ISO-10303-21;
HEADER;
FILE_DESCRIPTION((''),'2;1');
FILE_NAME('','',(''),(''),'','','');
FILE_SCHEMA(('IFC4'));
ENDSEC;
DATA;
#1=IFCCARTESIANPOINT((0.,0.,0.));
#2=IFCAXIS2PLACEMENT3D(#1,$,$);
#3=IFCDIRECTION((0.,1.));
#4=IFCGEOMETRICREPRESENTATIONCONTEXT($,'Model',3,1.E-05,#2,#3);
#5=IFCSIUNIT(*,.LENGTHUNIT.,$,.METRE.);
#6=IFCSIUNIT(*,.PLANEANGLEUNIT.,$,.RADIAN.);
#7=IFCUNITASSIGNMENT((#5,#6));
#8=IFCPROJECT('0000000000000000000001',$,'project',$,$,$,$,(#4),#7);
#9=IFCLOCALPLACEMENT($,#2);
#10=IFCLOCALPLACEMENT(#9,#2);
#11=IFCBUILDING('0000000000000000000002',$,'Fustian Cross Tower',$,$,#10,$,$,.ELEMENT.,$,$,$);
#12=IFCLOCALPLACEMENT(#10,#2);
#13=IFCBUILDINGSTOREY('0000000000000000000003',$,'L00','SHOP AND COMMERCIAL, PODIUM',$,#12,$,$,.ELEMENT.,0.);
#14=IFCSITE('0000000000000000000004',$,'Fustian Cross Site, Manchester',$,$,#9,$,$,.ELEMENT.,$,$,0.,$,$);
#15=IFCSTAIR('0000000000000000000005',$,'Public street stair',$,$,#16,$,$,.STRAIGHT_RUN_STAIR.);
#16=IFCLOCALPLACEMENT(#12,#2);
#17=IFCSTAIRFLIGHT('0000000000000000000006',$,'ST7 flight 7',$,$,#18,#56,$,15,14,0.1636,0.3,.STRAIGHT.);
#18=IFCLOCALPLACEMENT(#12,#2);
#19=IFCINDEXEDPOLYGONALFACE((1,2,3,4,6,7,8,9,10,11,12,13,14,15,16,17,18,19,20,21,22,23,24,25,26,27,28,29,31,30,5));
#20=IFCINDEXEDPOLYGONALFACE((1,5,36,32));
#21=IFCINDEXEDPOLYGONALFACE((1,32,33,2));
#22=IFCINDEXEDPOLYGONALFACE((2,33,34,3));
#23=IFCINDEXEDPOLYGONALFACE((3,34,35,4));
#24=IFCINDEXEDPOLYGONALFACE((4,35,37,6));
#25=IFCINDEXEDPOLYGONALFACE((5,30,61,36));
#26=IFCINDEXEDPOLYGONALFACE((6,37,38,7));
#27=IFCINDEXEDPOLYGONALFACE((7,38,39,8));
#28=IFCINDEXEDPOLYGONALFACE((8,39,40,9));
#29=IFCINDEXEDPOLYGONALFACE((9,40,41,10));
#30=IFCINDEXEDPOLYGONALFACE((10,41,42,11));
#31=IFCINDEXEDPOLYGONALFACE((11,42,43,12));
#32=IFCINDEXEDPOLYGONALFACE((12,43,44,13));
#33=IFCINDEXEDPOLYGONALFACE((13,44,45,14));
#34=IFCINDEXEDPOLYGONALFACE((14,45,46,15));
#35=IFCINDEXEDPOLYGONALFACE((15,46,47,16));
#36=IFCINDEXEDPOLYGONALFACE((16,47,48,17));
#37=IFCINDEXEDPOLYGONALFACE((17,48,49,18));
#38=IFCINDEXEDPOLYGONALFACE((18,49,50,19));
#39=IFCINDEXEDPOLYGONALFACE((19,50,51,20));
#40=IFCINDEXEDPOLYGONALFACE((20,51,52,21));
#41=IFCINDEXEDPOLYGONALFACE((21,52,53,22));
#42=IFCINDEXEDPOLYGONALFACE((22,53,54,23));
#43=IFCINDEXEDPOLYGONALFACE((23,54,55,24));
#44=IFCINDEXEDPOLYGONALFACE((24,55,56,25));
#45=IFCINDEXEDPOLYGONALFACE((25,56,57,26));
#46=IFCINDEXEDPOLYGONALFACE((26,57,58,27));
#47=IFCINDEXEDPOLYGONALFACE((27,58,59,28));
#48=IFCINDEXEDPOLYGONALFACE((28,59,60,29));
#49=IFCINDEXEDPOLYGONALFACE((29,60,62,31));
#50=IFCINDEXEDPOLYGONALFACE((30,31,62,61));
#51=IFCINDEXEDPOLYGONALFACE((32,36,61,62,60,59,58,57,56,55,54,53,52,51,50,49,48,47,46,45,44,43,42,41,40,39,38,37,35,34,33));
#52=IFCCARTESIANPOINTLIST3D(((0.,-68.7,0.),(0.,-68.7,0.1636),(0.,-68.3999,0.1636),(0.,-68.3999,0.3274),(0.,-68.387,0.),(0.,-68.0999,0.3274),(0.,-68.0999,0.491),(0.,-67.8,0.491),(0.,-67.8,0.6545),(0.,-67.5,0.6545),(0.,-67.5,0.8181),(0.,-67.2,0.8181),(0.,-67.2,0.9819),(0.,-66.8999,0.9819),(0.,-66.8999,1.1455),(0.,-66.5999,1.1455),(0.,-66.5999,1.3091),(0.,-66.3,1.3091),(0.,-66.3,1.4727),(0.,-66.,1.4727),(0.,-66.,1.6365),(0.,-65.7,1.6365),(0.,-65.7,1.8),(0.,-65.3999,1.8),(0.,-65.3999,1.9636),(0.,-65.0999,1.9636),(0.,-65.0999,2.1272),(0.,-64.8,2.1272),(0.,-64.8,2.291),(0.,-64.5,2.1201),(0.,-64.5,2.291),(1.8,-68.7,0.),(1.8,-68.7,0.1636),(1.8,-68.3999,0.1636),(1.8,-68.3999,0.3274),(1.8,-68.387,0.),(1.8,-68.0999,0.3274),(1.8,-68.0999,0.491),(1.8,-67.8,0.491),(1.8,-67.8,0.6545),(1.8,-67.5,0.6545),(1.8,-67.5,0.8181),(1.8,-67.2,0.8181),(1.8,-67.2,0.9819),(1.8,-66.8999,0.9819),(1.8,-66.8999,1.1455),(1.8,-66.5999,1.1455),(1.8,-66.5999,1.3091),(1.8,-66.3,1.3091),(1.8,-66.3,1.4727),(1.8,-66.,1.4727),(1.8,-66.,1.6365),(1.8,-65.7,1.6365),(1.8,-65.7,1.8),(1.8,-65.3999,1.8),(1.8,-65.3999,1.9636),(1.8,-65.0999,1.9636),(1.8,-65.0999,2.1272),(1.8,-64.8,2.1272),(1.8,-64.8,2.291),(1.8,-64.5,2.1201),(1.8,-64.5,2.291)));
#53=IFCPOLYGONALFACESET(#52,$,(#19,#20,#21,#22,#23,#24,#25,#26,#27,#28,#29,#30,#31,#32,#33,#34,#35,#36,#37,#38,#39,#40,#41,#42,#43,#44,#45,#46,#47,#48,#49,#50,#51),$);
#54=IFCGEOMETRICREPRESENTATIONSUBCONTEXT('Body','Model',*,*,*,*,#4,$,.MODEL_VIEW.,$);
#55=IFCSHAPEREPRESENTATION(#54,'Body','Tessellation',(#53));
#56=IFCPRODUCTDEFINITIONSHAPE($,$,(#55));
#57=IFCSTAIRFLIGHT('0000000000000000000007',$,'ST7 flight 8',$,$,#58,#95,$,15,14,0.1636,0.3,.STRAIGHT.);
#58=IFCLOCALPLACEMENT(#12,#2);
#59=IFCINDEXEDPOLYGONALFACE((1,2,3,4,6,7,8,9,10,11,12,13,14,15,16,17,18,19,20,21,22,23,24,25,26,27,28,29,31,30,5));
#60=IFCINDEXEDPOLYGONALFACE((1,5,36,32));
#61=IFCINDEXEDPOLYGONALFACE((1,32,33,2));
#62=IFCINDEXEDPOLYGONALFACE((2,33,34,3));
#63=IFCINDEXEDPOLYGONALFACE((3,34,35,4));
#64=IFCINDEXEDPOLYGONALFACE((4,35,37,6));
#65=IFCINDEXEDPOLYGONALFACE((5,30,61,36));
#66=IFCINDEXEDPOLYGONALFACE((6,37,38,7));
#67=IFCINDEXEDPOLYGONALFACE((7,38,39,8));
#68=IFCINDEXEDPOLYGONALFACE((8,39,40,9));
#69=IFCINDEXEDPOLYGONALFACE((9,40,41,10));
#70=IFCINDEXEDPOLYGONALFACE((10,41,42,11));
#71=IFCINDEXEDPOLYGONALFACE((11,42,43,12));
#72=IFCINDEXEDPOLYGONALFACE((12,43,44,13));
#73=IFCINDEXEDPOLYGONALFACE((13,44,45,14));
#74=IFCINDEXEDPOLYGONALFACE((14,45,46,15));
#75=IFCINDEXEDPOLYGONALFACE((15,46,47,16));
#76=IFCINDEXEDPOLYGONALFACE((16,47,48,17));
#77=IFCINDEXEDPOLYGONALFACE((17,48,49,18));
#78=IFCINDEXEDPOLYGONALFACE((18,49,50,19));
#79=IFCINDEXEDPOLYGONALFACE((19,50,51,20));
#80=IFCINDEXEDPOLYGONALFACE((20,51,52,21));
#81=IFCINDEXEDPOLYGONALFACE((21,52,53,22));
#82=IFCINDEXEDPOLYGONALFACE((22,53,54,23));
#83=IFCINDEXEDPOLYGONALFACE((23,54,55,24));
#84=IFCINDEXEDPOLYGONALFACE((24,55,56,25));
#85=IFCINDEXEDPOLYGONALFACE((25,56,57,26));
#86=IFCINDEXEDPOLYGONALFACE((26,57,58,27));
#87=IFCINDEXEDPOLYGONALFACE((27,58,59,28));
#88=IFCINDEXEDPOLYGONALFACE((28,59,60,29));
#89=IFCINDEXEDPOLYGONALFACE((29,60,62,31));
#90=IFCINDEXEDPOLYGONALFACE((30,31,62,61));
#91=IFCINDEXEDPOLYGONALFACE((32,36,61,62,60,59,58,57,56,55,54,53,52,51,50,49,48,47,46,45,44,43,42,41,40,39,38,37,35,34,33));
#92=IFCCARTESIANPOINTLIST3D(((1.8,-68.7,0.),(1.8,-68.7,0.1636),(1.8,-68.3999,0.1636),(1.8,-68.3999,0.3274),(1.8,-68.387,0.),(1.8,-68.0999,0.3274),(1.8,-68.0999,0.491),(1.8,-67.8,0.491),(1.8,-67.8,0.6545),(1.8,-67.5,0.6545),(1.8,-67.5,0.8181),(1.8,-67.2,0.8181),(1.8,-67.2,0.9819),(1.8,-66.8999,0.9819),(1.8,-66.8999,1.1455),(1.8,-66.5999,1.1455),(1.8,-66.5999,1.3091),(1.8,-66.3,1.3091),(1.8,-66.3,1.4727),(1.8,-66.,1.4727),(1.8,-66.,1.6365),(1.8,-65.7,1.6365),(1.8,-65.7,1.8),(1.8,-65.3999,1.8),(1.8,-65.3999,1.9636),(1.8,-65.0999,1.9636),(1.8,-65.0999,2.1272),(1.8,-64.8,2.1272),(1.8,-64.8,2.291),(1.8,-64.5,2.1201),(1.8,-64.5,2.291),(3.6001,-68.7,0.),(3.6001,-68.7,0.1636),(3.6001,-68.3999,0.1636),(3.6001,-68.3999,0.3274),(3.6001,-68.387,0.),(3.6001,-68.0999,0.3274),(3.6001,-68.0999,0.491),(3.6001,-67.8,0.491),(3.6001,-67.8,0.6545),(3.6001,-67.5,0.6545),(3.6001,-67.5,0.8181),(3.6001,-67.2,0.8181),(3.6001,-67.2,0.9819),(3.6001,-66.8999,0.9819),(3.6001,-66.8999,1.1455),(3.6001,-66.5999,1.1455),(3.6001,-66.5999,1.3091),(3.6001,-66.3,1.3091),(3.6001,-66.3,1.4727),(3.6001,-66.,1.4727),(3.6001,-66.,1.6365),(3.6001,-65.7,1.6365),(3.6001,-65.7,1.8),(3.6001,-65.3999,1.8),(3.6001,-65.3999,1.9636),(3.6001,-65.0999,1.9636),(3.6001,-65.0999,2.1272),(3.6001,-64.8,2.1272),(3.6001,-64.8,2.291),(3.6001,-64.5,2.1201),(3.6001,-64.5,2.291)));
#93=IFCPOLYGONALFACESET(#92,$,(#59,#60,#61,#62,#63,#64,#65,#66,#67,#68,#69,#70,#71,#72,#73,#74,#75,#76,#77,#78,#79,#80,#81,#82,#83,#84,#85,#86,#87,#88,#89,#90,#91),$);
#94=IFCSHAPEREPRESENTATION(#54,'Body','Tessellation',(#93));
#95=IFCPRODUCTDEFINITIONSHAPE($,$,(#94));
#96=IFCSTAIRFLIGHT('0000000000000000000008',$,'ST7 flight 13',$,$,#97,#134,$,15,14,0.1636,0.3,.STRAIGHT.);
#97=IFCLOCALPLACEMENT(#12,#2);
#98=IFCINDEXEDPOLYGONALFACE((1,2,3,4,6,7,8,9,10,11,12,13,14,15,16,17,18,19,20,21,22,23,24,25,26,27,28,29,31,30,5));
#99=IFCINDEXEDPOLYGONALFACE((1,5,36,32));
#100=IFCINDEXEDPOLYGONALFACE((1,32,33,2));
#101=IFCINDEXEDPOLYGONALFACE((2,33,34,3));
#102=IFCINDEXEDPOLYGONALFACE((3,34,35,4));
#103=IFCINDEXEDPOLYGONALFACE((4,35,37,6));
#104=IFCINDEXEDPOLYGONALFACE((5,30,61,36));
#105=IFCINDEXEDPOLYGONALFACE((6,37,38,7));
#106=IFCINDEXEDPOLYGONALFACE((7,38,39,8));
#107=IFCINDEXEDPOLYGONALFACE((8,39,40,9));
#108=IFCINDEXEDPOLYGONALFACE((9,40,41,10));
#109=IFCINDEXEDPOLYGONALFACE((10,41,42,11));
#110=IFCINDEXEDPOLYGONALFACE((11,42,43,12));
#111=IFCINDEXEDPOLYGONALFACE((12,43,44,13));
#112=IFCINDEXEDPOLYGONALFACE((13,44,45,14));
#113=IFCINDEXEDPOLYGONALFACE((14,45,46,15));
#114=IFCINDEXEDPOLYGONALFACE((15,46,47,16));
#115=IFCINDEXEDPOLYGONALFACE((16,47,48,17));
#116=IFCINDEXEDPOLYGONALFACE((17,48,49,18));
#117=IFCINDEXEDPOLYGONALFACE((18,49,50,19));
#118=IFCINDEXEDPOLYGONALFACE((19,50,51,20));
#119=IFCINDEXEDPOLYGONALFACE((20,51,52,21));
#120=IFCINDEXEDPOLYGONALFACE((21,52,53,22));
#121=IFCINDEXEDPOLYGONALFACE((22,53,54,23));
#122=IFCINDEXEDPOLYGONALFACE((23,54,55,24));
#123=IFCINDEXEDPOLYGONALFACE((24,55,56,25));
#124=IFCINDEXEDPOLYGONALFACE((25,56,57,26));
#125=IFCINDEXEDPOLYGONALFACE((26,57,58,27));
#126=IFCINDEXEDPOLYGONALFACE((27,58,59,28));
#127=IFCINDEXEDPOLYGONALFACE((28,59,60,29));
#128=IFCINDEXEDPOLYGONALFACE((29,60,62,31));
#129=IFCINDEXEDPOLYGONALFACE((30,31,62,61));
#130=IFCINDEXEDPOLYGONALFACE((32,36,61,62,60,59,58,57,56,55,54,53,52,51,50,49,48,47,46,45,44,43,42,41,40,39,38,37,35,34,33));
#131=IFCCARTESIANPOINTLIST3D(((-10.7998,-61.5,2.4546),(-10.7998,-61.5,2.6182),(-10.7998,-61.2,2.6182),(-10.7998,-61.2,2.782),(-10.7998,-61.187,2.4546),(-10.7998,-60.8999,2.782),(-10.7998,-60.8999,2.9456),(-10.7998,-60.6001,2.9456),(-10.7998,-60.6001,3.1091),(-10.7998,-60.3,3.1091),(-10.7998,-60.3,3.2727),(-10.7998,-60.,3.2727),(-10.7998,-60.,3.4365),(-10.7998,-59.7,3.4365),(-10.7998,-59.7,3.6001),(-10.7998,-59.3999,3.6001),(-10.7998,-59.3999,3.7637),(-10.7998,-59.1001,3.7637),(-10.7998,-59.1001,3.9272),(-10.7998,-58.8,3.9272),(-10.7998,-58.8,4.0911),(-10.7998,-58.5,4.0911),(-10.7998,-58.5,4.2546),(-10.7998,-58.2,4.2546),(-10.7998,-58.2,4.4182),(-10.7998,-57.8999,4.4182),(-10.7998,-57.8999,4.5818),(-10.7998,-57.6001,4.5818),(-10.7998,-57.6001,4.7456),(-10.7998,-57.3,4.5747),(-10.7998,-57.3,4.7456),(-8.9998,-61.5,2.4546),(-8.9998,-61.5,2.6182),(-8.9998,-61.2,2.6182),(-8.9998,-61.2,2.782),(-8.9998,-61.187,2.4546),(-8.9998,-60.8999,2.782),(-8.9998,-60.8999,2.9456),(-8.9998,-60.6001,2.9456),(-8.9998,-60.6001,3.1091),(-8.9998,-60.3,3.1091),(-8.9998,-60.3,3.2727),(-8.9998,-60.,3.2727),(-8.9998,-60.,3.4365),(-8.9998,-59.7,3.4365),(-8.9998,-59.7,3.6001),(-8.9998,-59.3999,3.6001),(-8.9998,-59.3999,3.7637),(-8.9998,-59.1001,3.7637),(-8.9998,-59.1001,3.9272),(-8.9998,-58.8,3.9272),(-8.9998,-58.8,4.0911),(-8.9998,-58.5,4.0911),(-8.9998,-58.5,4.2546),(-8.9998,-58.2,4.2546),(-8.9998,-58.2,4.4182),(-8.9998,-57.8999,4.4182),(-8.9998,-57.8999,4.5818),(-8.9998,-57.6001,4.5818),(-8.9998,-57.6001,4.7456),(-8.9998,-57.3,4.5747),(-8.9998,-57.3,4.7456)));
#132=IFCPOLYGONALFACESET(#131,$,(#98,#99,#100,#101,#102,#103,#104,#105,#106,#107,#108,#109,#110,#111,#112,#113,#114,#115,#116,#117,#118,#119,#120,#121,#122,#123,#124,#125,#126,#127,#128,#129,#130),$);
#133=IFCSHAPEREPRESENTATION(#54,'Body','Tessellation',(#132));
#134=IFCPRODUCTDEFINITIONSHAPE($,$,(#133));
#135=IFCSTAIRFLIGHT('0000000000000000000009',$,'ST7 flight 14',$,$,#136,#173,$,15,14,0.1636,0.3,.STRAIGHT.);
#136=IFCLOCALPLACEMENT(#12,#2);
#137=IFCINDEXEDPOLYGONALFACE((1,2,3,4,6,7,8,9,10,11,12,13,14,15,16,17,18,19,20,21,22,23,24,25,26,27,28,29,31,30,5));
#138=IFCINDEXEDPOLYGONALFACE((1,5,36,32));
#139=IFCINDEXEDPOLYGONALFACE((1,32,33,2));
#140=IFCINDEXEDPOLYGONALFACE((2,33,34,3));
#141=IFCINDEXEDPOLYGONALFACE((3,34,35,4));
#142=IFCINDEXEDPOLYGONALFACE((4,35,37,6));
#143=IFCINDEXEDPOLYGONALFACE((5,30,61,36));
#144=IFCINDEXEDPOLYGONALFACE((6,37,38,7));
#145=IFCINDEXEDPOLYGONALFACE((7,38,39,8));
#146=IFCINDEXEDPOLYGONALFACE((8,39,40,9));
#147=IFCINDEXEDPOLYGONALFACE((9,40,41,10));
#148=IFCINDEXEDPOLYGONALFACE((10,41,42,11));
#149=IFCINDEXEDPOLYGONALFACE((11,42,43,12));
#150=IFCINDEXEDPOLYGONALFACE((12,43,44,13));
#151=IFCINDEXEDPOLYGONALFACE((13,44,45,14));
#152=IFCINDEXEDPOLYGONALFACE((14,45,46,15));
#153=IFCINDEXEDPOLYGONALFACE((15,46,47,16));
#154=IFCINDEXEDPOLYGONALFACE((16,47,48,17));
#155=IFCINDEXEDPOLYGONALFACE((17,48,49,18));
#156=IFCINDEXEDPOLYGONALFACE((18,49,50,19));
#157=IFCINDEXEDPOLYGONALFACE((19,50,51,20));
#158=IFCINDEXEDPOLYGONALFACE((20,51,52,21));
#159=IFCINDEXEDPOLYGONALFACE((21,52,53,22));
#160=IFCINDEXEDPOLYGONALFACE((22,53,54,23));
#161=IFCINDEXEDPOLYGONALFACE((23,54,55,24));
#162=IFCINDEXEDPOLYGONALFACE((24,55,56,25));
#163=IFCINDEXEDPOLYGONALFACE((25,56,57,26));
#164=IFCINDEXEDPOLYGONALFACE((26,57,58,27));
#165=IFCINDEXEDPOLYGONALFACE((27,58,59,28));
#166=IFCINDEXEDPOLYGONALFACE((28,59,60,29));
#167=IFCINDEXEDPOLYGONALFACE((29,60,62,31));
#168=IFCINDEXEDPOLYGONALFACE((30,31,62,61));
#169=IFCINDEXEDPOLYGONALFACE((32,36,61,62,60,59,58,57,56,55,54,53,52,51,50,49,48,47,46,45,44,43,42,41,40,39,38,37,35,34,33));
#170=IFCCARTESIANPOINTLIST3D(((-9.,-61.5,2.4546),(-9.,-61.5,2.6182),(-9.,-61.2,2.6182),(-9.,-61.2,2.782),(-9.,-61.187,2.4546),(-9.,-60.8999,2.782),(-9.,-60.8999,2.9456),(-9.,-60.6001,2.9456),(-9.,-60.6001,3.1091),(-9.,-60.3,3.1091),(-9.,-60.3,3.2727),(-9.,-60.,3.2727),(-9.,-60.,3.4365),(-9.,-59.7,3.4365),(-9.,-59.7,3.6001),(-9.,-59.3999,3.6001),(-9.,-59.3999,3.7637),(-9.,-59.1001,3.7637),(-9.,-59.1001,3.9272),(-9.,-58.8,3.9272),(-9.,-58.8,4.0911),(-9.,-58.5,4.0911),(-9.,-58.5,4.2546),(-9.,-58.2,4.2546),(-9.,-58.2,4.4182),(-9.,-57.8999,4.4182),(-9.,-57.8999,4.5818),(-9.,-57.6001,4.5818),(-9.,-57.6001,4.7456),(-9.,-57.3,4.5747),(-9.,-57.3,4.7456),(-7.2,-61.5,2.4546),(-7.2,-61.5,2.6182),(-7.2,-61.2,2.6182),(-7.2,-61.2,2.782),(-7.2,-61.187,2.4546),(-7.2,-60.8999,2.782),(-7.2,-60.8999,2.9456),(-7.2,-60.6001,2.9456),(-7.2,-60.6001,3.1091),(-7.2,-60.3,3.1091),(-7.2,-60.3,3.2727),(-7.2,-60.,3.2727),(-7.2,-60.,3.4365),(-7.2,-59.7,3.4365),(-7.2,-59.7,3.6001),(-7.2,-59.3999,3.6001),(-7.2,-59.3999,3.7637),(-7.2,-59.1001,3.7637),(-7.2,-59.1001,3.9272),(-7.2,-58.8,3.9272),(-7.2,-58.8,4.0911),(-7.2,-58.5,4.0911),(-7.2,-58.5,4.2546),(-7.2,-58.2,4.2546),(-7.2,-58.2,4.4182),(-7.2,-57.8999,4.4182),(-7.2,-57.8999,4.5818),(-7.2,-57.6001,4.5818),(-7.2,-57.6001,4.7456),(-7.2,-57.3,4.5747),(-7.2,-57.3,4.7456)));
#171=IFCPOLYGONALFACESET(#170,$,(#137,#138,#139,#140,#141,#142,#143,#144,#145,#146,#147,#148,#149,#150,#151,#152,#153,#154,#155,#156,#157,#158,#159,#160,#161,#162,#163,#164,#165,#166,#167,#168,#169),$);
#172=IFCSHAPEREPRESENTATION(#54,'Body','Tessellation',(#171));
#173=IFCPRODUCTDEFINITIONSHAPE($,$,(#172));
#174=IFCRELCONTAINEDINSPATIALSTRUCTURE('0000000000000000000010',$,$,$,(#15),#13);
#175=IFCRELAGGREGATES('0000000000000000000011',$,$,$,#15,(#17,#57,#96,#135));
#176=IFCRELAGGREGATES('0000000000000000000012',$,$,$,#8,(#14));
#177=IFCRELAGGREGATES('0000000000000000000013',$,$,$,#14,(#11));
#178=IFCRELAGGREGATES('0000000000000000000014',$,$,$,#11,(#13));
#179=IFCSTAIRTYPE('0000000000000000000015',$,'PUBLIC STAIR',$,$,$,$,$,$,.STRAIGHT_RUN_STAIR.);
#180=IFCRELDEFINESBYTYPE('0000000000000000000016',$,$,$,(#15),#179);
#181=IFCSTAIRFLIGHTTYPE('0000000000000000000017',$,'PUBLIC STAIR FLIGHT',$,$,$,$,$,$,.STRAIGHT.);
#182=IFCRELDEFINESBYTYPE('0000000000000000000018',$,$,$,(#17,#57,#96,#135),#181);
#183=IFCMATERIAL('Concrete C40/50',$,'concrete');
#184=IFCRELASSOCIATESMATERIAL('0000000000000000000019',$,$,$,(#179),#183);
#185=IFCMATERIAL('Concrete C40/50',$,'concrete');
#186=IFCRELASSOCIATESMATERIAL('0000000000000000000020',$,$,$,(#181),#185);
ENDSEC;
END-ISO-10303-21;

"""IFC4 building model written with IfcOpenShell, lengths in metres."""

from ifc_helpers import new_model, si_unit, direction, frame, origin, place, context, subcontext, project, spatial, polyline, outline, extrude, material, type_object, element, aggregate, save


model = new_model("IFC4")

# Units and contexts
model_context = context("Model", 3, precision=1e-05, world=origin(), true_north=direction((0.0, 1.0)))
body_context = subcontext(model_context, "Body", "Model", "MODEL_VIEW")
ifc_project = project(units=[si_unit("LENGTHUNIT", "METRE"), si_unit("PLANEANGLEUNIT", "RADIAN")], contexts=[model_context])

# Site, building, storey
site_placement = place(None, origin())
site = spatial("IfcSite", under=ifc_project, at=site_placement, Name="Fustian Cross Site, Manchester", CompositionType="ELEMENT", RefElevation=0.0)
building_placement = place(site_placement, origin())
building = spatial("IfcBuilding", under=site, at=building_placement, Name="Fustian Cross Tower", CompositionType="ELEMENT")
storey_placement = place(building_placement, origin())
storey = spatial("IfcBuildingStorey", under=building, at=storey_placement, Name="L00", Description="SHOP AND COMMERCIAL, PODIUM", CompositionType="ELEMENT", Elevation=0.0)

# Stair, stair flights
ifc_material_1 = material(Name="Concrete C40/50", Category="concrete")
stair_type = type_object("IfcStairType", Name="PUBLIC STAIR", PredefinedType="STRAIGHT_RUN_STAIR", material=ifc_material_1)
stair_placement = place(storey_placement, origin())
stair = element("IfcStair", 1, at=stair_placement, inside=storey, type_object=stair_type, Name="Public street stair", PredefinedType="STRAIGHT_RUN_STAIR")
ifc_material_2 = material(Name="Concrete C40/50", Category="concrete")
stair_flight_type = type_object("IfcStairFlightType", Name="PUBLIC STAIR FLIGHT", PredefinedType="STRAIGHT", material=ifc_material_2)
stair_flight_1_placement = place(storey_placement, frame((0.8999, -68.7, 0.0), z_axis=(0.0, 0.0, 1.0), x_axis=(0.0, 1.0, 0.0)))
stair_flight_1 = element("IfcStairFlight", 2, at=stair_flight_1_placement, type_object=stair_flight_type, Name="ST7 flight 7", NumberOfRisers=15, NumberOfTreads=14, PredefinedType="STRAIGHT", RiserHeight=0.1636, TreadLength=0.3, context=body_context, shape_type="SweptSolid", body=[
    extrude(outline(polyline([(0.0, 0.0), (0.0, 0.1636), (0.3, 0.1636), (0.3, 0.3274), (0.6001, 0.3274), (0.6001, 0.491), (0.8999, 0.491), (0.8999, 0.6545), (1.2, 0.6545), (1.2, 0.8181), (1.5, 0.8181), (1.5, 0.9819), (1.8, 0.9819), (1.8, 1.1455), (2.1001, 1.1455), (2.1001, 1.3091), (2.3999, 1.3091), (2.3999, 1.4727), (2.7, 1.4727), (2.7, 1.6365), (3.0, 1.6365), (3.0, 1.8), (3.3, 1.8), (3.3, 1.9636), (3.6001, 1.9636), (3.6001, 2.1272), (3.8999, 2.1272), (3.8999, 2.291), (4.2, 2.291), (4.2, 2.4546), (4.2, 2.1201), (0.313, 0.0), (0.0, 0.0)])), frame((0.0, 0.8999, 0.0), z_axis=(0.0, -1.0, 0.0), x_axis=(1.0, 0.0, 0.0)), (0.0, 0.0, 1.0), 1.8),
])
stair_flight_2_placement = place(storey_placement, frame((2.7, -68.7, 0.0), z_axis=(0.0, 0.0, 1.0), x_axis=(0.0, 1.0, 0.0)))
stair_flight_2 = element("IfcStairFlight", 3, at=stair_flight_2_placement, type_object=stair_flight_type, Name="ST7 flight 8", NumberOfRisers=15, NumberOfTreads=14, PredefinedType="STRAIGHT", RiserHeight=0.1636, TreadLength=0.3, context=body_context, shape_type="SweptSolid", body=[
    extrude(outline(polyline([(0.0, 0.0), (0.0, 0.1636), (0.3, 0.1636), (0.3, 0.3274), (0.6001, 0.3274), (0.6001, 0.491), (0.8999, 0.491), (0.8999, 0.6545), (1.2, 0.6545), (1.2, 0.8181), (1.5, 0.8181), (1.5, 0.9819), (1.8, 0.9819), (1.8, 1.1455), (2.1001, 1.1455), (2.1001, 1.3091), (2.3999, 1.3091), (2.3999, 1.4727), (2.7, 1.4727), (2.7, 1.6365), (3.0, 1.6365), (3.0, 1.8), (3.3, 1.8), (3.3, 1.9636), (3.6001, 1.9636), (3.6001, 2.1272), (3.8999, 2.1272), (3.8999, 2.291), (4.2, 2.291), (4.2, 2.4546), (4.2, 2.1201), (0.313, 0.0), (0.0, 0.0)])), frame((0.0, 0.8999, 0.0), z_axis=(0.0, -1.0, 0.0), x_axis=(1.0, 0.0, 0.0)), (0.0, 0.0, 1.0), 1.8),
])
stair_flight_3_placement = place(storey_placement, frame((-9.8999, -61.5, 2.4546), z_axis=(0.0, 0.0, 1.0), x_axis=(0.0, 1.0, 0.0)))
stair_flight_3 = element("IfcStairFlight", 4, at=stair_flight_3_placement, type_object=stair_flight_type, Name="ST7 flight 13", NumberOfRisers=15, NumberOfTreads=14, PredefinedType="STRAIGHT", RiserHeight=0.1636, TreadLength=0.3, context=body_context, shape_type="SweptSolid", body=[
    extrude(outline(polyline([(0.0, 0.0), (0.0, 0.1636), (0.3, 0.1636), (0.3, 0.3274), (0.6001, 0.3274), (0.6001, 0.491), (0.8999, 0.491), (0.8999, 0.6545), (1.2, 0.6545), (1.2, 0.8181), (1.5, 0.8181), (1.5, 0.9819), (1.8, 0.9819), (1.8, 1.1455), (2.1001, 1.1455), (2.1001, 1.3091), (2.3999, 1.3091), (2.3999, 1.4727), (2.7, 1.4727), (2.7, 1.6365), (3.0, 1.6365), (3.0, 1.8), (3.3, 1.8), (3.3, 1.9636), (3.6001, 1.9636), (3.6001, 2.1272), (3.8999, 2.1272), (3.8999, 2.291), (4.2, 2.291), (4.2, 2.4546), (4.2, 2.1201), (0.313, 0.0), (0.0, 0.0)])), frame((0.0, 0.8999, 0.0), z_axis=(0.0, -1.0, 0.0), x_axis=(1.0, 0.0, 0.0)), (0.0, 0.0, 1.0), 1.8),
])
stair_flight_4_placement = place(storey_placement, frame((-8.1001, -61.5, 2.4546), z_axis=(0.0, 0.0, 1.0), x_axis=(0.0, 1.0, 0.0)))
stair_flight_4 = element("IfcStairFlight", 5, at=stair_flight_4_placement, type_object=stair_flight_type, Name="ST7 flight 14", NumberOfRisers=15, NumberOfTreads=14, PredefinedType="STRAIGHT", RiserHeight=0.1636, TreadLength=0.3, context=body_context, shape_type="SweptSolid", body=[
    extrude(outline(polyline([(0.0, 0.0), (0.0, 0.1636), (0.3, 0.1636), (0.3, 0.3274), (0.6001, 0.3274), (0.6001, 0.491), (0.8999, 0.491), (0.8999, 0.6545), (1.2, 0.6545), (1.2, 0.8181), (1.5, 0.8181), (1.5, 0.9819), (1.8, 0.9819), (1.8, 1.1455), (2.1001, 1.1455), (2.1001, 1.3091), (2.3999, 1.3091), (2.3999, 1.4727), (2.7, 1.4727), (2.7, 1.6365), (3.0, 1.6365), (3.0, 1.8), (3.3, 1.8), (3.3, 1.9636), (3.6001, 1.9636), (3.6001, 2.1272), (3.8999, 2.1272), (3.8999, 2.291), (4.2, 2.291), (4.2, 2.4546), (4.2, 2.1201), (0.313, 0.0), (0.0, 0.0)])), frame((0.0, 0.8999, 0.0), z_axis=(0.0, -1.0, 0.0), x_axis=(1.0, 0.0, 0.0)), (0.0, 0.0, 1.0), 1.8),
])
aggregate(stair, [stair_flight_1, stair_flight_2, stair_flight_3, stair_flight_4])

save(model, "model.ifc")
